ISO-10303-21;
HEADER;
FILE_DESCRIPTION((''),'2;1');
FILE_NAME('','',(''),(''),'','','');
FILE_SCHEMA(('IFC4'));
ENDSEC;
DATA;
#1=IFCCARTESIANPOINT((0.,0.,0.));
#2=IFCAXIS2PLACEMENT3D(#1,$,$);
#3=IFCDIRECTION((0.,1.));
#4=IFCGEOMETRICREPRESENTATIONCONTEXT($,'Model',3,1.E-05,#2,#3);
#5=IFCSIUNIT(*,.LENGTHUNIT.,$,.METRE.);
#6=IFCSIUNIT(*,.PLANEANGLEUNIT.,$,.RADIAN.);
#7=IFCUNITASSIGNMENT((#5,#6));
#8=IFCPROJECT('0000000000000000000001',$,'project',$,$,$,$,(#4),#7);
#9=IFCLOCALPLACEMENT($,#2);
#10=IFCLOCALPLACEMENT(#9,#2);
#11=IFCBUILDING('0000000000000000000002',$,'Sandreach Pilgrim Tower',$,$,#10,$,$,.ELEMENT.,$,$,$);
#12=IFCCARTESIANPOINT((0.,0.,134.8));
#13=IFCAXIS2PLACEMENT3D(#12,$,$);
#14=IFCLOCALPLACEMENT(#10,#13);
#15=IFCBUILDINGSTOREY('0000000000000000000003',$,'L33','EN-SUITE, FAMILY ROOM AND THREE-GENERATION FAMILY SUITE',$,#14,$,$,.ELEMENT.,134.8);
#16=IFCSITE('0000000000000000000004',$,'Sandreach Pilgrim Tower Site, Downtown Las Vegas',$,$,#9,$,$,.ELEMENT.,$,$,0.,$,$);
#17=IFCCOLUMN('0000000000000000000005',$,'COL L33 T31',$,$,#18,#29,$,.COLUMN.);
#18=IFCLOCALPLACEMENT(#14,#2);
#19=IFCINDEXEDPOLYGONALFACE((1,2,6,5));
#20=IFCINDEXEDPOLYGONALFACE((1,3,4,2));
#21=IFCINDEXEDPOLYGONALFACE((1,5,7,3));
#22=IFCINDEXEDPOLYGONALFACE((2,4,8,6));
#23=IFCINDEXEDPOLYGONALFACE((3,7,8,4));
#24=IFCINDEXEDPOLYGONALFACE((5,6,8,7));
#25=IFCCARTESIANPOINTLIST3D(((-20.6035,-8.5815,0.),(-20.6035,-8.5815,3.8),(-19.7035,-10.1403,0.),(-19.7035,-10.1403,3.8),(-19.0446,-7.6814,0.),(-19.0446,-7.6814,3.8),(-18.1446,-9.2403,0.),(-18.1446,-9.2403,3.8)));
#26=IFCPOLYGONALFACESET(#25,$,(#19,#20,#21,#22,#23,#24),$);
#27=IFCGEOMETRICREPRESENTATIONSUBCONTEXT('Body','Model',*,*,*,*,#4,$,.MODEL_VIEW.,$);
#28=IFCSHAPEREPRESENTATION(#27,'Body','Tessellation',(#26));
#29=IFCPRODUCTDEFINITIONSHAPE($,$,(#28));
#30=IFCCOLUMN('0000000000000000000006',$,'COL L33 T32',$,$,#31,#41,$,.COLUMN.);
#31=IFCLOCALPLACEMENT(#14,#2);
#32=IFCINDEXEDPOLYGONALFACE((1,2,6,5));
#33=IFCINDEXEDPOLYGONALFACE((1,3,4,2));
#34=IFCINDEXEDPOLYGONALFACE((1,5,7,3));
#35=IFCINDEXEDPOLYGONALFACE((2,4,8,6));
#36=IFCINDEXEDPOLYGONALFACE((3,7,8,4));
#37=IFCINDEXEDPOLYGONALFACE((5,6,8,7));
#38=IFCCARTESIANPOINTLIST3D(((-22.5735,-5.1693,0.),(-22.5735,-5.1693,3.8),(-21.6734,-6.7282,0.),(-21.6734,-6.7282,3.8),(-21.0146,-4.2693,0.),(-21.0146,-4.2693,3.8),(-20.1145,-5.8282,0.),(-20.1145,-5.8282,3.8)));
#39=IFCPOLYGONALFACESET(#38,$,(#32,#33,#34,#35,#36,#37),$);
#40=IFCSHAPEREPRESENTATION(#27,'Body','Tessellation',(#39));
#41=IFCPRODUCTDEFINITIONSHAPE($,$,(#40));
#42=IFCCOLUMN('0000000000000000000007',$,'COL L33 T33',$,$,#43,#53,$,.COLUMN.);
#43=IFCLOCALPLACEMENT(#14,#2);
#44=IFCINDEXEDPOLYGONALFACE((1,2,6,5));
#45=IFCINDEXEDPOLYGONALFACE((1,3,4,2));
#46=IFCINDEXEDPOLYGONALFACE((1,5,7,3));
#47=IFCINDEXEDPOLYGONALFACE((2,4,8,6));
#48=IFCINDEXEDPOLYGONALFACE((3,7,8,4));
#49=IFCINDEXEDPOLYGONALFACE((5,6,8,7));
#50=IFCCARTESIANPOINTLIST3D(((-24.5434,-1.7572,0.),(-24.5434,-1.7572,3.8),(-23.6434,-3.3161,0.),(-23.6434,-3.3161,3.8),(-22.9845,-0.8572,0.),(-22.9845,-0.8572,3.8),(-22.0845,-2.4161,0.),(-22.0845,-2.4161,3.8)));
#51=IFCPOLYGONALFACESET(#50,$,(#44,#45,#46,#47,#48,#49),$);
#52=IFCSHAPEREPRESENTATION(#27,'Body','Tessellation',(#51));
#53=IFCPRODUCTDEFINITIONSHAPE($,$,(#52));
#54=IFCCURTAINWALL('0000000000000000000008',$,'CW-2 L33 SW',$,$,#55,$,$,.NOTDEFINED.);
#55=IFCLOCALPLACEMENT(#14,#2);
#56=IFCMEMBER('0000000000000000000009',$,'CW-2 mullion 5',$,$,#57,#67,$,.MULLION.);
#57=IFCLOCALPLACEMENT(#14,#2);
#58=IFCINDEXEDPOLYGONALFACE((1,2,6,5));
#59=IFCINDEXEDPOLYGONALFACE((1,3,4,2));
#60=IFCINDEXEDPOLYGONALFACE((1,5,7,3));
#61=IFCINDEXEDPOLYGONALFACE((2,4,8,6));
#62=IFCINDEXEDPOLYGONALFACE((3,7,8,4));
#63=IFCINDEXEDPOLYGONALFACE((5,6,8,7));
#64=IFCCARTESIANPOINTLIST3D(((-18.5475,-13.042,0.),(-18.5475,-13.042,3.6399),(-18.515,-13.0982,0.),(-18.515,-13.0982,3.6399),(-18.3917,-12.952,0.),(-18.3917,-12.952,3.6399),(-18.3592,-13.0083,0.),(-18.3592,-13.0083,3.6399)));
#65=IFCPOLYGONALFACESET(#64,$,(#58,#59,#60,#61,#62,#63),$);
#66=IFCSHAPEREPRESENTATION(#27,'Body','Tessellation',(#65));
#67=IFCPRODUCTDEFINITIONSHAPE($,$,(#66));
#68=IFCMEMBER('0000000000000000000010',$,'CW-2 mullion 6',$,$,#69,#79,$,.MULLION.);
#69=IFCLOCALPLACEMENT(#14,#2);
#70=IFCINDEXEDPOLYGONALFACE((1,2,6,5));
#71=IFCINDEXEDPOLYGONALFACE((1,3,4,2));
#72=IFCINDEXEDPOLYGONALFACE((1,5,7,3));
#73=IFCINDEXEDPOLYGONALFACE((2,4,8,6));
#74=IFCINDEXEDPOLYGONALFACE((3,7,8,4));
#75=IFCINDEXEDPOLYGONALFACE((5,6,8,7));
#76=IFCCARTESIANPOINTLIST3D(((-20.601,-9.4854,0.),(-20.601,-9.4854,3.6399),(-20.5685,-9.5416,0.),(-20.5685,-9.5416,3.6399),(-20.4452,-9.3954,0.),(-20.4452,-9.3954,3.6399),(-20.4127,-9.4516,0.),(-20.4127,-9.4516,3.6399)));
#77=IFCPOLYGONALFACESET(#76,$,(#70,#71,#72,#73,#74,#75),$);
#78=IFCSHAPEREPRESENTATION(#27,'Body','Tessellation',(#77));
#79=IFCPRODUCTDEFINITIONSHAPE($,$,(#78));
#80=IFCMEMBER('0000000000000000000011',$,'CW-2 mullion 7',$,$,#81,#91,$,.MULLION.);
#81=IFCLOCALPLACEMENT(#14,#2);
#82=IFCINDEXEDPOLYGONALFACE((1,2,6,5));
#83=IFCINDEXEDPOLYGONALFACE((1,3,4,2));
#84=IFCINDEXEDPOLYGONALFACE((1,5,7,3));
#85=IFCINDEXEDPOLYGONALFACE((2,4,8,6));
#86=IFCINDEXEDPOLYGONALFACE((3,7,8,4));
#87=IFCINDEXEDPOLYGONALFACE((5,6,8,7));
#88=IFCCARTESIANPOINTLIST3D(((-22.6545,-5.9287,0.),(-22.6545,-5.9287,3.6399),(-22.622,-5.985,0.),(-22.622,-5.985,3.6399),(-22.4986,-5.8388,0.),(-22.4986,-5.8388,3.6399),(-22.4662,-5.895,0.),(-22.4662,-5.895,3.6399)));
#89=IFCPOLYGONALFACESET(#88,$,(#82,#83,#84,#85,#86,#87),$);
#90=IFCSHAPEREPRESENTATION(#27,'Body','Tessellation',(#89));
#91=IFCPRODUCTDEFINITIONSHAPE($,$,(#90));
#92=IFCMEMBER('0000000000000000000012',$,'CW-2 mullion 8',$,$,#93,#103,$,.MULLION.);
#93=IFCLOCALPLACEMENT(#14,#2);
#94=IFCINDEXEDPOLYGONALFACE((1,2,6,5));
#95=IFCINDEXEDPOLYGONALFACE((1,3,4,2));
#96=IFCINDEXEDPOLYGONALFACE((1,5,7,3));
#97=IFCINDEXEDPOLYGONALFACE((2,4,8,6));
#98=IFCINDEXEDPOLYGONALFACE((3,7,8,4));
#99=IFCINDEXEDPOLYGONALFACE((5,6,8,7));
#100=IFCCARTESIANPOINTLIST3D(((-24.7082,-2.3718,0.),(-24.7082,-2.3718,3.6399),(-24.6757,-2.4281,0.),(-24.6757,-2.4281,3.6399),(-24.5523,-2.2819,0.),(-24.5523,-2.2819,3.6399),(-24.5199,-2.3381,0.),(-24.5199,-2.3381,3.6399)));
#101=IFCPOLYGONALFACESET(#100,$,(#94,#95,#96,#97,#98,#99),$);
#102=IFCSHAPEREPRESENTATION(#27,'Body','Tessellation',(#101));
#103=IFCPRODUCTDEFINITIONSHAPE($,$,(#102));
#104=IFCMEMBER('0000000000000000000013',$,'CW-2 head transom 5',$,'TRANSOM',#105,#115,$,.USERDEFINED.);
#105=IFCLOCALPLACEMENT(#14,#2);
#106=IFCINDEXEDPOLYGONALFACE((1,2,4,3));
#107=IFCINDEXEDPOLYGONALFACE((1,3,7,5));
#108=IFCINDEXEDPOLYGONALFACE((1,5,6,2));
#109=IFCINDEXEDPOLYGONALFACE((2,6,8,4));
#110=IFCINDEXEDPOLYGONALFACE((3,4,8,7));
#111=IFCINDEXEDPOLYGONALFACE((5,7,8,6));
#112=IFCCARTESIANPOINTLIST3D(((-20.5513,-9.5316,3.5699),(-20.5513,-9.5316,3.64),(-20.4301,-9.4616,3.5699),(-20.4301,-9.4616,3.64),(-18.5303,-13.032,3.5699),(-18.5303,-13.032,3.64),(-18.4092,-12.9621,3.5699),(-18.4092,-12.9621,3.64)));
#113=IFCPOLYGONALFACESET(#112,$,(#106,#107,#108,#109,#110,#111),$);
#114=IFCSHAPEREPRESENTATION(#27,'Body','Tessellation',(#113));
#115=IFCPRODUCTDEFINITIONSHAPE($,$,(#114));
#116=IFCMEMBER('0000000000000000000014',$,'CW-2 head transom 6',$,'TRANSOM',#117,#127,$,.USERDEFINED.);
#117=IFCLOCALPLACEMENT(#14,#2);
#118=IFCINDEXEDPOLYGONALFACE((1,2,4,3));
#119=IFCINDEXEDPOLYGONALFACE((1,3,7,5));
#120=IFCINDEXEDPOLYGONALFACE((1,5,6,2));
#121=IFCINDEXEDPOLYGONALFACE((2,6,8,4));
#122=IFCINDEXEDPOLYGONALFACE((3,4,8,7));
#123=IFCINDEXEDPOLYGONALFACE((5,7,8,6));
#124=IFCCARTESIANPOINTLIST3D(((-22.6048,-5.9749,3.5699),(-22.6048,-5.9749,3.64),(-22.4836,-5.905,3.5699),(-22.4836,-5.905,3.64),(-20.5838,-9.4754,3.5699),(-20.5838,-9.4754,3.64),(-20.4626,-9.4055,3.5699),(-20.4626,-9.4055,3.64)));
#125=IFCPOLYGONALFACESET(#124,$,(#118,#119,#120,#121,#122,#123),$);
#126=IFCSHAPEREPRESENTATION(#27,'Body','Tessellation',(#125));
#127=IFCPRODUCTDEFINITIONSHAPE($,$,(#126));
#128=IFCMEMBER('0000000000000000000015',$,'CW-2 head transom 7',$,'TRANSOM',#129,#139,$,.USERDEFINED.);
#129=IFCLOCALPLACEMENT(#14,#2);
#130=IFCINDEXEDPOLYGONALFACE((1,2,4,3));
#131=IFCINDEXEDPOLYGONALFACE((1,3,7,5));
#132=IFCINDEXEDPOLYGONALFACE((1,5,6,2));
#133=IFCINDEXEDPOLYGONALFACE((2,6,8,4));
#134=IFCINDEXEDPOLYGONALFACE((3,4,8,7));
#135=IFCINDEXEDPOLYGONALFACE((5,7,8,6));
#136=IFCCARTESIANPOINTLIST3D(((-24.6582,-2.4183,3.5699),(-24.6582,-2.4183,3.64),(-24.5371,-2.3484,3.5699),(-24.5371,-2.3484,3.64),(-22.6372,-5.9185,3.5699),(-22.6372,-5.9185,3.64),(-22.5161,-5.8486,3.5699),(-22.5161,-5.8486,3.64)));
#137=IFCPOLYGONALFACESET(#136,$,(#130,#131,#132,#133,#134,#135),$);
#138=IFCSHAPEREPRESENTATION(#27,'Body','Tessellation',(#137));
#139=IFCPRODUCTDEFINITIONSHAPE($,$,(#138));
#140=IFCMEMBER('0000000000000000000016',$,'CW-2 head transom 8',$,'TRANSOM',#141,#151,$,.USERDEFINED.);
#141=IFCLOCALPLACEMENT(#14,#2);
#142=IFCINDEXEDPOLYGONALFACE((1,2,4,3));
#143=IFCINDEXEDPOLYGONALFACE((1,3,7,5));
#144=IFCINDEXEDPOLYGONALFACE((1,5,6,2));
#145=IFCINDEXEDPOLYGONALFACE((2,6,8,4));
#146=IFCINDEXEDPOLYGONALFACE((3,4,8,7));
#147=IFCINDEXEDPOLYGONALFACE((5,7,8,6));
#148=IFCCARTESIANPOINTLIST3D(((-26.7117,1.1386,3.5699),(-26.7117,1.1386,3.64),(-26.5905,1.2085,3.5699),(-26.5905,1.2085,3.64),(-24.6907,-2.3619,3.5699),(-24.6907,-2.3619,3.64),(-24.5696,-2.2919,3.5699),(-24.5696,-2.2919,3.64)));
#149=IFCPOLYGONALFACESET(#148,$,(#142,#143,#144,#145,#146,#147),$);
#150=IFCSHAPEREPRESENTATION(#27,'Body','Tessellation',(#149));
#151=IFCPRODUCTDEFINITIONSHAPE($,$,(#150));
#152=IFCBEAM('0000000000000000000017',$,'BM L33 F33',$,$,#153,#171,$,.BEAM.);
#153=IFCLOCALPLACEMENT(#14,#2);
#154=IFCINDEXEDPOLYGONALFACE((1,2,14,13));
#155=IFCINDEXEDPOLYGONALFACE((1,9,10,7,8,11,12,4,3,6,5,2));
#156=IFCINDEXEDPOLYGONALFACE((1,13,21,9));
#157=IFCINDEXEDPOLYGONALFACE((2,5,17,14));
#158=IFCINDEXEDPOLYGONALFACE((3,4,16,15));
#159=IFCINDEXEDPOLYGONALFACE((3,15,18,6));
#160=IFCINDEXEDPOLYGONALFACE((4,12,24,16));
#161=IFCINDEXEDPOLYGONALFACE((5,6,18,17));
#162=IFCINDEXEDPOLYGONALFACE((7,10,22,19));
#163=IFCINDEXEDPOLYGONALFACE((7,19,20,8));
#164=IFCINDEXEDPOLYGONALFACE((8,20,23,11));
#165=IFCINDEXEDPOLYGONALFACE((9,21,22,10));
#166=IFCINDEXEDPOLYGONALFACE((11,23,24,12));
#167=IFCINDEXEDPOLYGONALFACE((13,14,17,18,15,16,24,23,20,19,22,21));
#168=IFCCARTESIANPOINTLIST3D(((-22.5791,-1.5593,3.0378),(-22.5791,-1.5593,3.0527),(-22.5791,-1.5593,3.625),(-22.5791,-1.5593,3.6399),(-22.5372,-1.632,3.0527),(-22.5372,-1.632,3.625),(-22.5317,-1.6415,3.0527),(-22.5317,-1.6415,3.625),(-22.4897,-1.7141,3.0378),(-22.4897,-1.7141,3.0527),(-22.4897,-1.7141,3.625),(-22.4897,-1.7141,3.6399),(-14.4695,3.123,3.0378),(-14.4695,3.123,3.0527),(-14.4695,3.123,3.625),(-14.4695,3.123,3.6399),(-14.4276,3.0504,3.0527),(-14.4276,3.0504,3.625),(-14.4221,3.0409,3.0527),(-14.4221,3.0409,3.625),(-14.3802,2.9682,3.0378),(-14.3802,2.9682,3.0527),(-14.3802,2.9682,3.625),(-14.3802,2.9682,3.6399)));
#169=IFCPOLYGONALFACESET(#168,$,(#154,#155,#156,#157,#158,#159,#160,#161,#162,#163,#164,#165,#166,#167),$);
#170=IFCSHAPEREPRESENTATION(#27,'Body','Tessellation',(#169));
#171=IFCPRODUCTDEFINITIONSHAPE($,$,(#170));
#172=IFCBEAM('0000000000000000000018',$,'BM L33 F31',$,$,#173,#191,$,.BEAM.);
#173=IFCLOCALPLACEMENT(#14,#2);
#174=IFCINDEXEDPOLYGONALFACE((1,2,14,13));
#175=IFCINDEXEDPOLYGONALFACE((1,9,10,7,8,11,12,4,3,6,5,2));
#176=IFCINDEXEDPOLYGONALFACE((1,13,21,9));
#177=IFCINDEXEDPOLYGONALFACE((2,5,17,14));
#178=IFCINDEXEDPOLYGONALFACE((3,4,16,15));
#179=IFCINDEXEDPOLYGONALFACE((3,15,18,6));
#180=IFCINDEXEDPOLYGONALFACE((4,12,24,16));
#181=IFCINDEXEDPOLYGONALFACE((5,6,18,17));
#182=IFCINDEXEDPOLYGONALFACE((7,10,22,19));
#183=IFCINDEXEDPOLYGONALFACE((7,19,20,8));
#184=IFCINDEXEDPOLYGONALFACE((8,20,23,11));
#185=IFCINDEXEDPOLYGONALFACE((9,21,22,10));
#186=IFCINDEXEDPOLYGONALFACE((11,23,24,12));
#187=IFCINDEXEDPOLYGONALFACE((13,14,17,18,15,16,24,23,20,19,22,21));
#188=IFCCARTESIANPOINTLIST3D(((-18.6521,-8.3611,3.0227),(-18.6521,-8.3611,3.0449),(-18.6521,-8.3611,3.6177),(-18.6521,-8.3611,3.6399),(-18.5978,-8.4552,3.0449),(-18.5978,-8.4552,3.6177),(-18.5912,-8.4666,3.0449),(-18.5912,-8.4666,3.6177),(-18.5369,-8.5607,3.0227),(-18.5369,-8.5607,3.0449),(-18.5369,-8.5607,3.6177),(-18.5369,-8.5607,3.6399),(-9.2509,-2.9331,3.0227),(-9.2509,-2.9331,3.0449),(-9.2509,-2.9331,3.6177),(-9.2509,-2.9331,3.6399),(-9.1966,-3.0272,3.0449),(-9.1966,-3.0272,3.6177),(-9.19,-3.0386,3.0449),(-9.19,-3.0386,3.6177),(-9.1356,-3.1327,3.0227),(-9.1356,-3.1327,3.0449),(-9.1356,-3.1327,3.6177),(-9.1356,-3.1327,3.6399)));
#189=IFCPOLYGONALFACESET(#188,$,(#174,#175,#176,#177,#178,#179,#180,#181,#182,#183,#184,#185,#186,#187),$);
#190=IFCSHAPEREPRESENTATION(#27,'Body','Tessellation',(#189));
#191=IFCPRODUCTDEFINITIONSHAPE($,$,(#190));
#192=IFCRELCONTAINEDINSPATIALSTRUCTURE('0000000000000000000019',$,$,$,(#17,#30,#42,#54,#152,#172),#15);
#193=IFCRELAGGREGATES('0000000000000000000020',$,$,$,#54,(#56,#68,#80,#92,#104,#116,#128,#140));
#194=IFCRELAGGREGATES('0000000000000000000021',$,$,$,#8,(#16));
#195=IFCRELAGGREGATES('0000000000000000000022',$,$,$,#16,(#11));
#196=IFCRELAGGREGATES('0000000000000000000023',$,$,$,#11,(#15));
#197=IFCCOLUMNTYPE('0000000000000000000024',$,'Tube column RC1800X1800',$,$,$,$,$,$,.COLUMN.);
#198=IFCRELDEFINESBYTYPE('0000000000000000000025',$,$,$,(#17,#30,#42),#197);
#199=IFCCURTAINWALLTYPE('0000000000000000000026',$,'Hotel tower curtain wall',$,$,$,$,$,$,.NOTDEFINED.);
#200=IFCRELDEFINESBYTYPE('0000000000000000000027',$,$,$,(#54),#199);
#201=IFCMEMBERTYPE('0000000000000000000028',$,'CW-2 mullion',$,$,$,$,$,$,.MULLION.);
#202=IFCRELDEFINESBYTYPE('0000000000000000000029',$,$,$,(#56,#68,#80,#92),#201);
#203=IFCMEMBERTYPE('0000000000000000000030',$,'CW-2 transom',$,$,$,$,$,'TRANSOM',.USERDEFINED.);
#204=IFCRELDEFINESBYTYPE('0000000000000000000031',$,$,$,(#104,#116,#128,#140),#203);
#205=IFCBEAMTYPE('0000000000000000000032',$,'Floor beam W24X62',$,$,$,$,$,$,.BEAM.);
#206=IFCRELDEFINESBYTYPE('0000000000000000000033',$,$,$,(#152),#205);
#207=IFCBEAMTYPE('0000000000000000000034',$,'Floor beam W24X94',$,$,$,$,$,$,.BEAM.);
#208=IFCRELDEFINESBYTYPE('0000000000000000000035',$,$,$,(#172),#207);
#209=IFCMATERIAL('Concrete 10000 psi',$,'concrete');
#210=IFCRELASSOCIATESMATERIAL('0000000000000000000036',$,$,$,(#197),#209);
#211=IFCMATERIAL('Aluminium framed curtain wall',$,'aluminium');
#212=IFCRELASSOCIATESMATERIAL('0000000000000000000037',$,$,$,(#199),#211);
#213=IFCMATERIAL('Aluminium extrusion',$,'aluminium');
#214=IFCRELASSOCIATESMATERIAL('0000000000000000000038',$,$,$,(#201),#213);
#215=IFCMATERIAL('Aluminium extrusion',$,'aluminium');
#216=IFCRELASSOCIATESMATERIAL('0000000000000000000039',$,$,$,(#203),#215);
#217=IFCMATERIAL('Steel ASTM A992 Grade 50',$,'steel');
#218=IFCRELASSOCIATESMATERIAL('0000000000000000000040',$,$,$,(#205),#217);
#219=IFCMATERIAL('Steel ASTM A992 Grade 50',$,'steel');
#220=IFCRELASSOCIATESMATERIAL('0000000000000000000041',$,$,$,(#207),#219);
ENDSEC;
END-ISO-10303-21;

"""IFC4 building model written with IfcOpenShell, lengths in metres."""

from ifc_helpers import new_model, si_unit, direction, frame, origin, origin_2d, place, context, subcontext, project, spatial, rectangle, i_section, extrude, material, material_profile, profile_set, type_object, element, aggregate, save


model = new_model("IFC4")

# Units and contexts
model_context = context("Model", 3, precision=1e-05, world=origin(), true_north=direction((0.0, 1.0)))
body_context = subcontext(model_context, "Body", "Model", "MODEL_VIEW")
ifc_project = project(units=[si_unit("LENGTHUNIT", "METRE"), si_unit("PLANEANGLEUNIT", "RADIAN")], contexts=[model_context])

# Site, building, storey
site_placement = place(None, origin())
site = spatial("IfcSite", under=ifc_project, at=site_placement, Name="Sandreach Pilgrim Tower Site, Downtown Las Vegas", CompositionType="ELEMENT", RefElevation=0.0)
building_placement = place(site_placement, origin())
building = spatial("IfcBuilding", under=site, at=building_placement, Name="Sandreach Pilgrim Tower", CompositionType="ELEMENT")
storey_placement = place(building_placement, frame((0.0, 0.0, 134.8)))
storey = spatial("IfcBuildingStorey", under=building, at=storey_placement, Name="L33", Description="EN-SUITE, FAMILY ROOM AND THREE-GENERATION FAMILY SUITE", CompositionType="ELEMENT", Elevation=134.8)

# Columns
ifc_material_1 = material(Name="Concrete 10000 psi", Category="concrete")
ifc_material_profile_1 = material_profile(ifc_material_1, rectangle(XDim=1.8, YDim=1.8, at=origin_2d()), Name="RC1800X1800")
ifc_profile_set_1 = profile_set([ifc_material_profile_1], Name="Concrete 10000 psi")
column_type = type_object("IfcColumnType", Name="Tube column RC1800X1800", PredefinedType="COLUMN", material=ifc_profile_set_1)
for number, where, z_axis, x_axis, name in (
    (1, (-19.374, -8.9109, 0.0), (0.0, 0.0, 1.0), (-0.866025, -0.5, 0.0), "COL L33 T31"),
    (2, (-21.344, -5.4988, 0.0), (0.0, 0.0, 1.0), (-0.866025, -0.5, 0.0), "COL L33 T32"),
    (3, (-23.314, -2.0867, 0.0), (0.0, 0.0, 1.0), (-0.866025, -0.5, 0.0), "COL L33 T33"),
):
    element("IfcColumn", number, at=place(storey_placement, frame(where, z_axis=z_axis, x_axis=x_axis)), inside=storey, type_object=column_type, Name=name, PredefinedType="COLUMN", context=body_context, shape_type="SweptSolid", body=[
        extrude(rectangle(XDim=1.8, YDim=1.8, at=origin_2d()), origin(), (0.0, 0.0, 1.0), 3.8),
    ])

# Curtain wall, members
ifc_material_2 = material(Name="Aluminium framed curtain wall", Category="aluminium")
curtain_wall_type = type_object("IfcCurtainWallType", Name="Hotel tower curtain wall", PredefinedType="NOTDEFINED", material=ifc_material_2)
curtain_wall_placement = place(storey_placement, origin())
curtain_wall = element("IfcCurtainWall", 4, at=curtain_wall_placement, inside=storey, type_object=curtain_wall_type, Name="CW-2 L33 SW", PredefinedType="NOTDEFINED")
ifc_material_3 = material(Name="Aluminium extrusion", Category="aluminium")
ifc_material_profile_2 = material_profile(ifc_material_3, rectangle(XDim=0.0649, YDim=0.1799, at=origin_2d()), Name="CW-2M 65X180")
ifc_profile_set_2 = profile_set([ifc_material_profile_2], Name="Aluminium extrusion")
member_type_1 = type_object("IfcMemberType", Name="CW-2 mullion", PredefinedType="MULLION", material=ifc_profile_set_2)
member_1_placement = place(storey_placement, frame((-18.4534, -13.0251, 0.0), z_axis=(0.0, 0.0, 1.0), x_axis=(-0.5, 0.866025, 0.0)))
member_1 = element("IfcMember", 5, at=member_1_placement, type_object=member_type_1, Name="CW-2 mullion 5", PredefinedType="MULLION", context=body_context, shape_type="SweptSolid", body=[
    extrude(rectangle(XDim=0.0649, YDim=0.1799, at=origin_2d()), origin(), (0.0, 0.0, 1.0), 3.6399),
])
member_2_placement = place(storey_placement, frame((-20.5068, -9.4685, 0.0), z_axis=(0.0, 0.0, 1.0), x_axis=(-0.5, 0.866025, 0.0)))
member_2 = element("IfcMember", 6, at=member_2_placement, type_object=member_type_1, Name="CW-2 mullion 6", PredefinedType="MULLION", context=body_context, shape_type="SweptSolid", body=[
    extrude(rectangle(XDim=0.0649, YDim=0.1799, at=origin_2d()), origin(), (0.0, 0.0, 1.0), 3.6399),
])
member_3_placement = place(storey_placement, frame((-22.5603, -5.9119, 0.0), z_axis=(0.0, 0.0, 1.0), x_axis=(-0.5, 0.866025, 0.0)))
member_3 = element("IfcMember", 7, at=member_3_placement, type_object=member_type_1, Name="CW-2 mullion 7", PredefinedType="MULLION", context=body_context, shape_type="SweptSolid", body=[
    extrude(rectangle(XDim=0.0649, YDim=0.1799, at=origin_2d()), origin(), (0.0, 0.0, 1.0), 3.6399),
])
member_4_placement = place(storey_placement, frame((-24.614, -2.355, 0.0), z_axis=(0.0, 0.0, 1.0), x_axis=(-0.5, 0.866025, 0.0)))
member_4 = element("IfcMember", 8, at=member_4_placement, type_object=member_type_1, Name="CW-2 mullion 8", PredefinedType="MULLION", context=body_context, shape_type="SweptSolid", body=[
    extrude(rectangle(XDim=0.0649, YDim=0.1799, at=origin_2d()), origin(), (0.0, 0.0, 1.0), 3.6399),
])
ifc_material_4 = material(Name="Aluminium extrusion", Category="aluminium")
ifc_material_profile_3 = material_profile(ifc_material_4, rectangle(XDim=0.1399, YDim=0.0701, at=origin_2d()), Name="CW-2T 140X70")
ifc_profile_set_3 = profile_set([ifc_material_profile_3], Name="Aluminium extrusion")
member_type_2 = type_object("IfcMemberType", Name="CW-2 transom", ElementType="TRANSOM", PredefinedType="USERDEFINED", material=ifc_profile_set_3)
member_5_placement = place(storey_placement, frame((-18.4697, -12.9971, 3.605), z_axis=(-0.499998, 0.866027, 0.0), x_axis=(-0.866027, -0.499998, 0.0)))
member_5 = element("IfcMember", 9, at=member_5_placement, type_object=member_type_2, Name="CW-2 head transom 5", ObjectType="TRANSOM", PredefinedType="USERDEFINED", context=body_context, shape_type="SweptSolid", body=[
    extrude(rectangle(XDim=0.1399, YDim=0.0701, at=origin_2d()), origin(), (0.0, 0.0, 1.0), 4.042),
])
member_6_placement = place(storey_placement, frame((-20.5232, -9.4404, 3.605), z_axis=(-0.499998, 0.866027, 0.0), x_axis=(-0.866027, -0.499998, 0.0)))
member_6 = element("IfcMember", 10, at=member_6_placement, type_object=member_type_2, Name="CW-2 head transom 6", ObjectType="TRANSOM", PredefinedType="USERDEFINED", context=body_context, shape_type="SweptSolid", body=[
    extrude(rectangle(XDim=0.1399, YDim=0.0701, at=origin_2d()), origin(), (0.0, 0.0, 1.0), 4.042),
])
member_7_placement = place(storey_placement, frame((-22.5767, -5.8835, 3.605), z_axis=(-0.500024, 0.866012, 0.0), x_axis=(-0.866012, -0.500024, 0.0)))
member_7 = element("IfcMember", 11, at=member_7_placement, type_object=member_type_2, Name="CW-2 head transom 7", ObjectType="TRANSOM", PredefinedType="USERDEFINED", context=body_context, shape_type="SweptSolid", body=[
    extrude(rectangle(XDim=0.1399, YDim=0.0701, at=origin_2d()), origin(), (0.0, 0.0, 1.0), 4.0417),
])
member_8_placement = place(storey_placement, frame((-24.6301, -2.3269, 3.605), z_axis=(-0.499998, 0.866027, 0.0), x_axis=(-0.866027, -0.499998, 0.0)))
member_8 = element("IfcMember", 12, at=member_8_placement, type_object=member_type_2, Name="CW-2 head transom 8", ObjectType="TRANSOM", PredefinedType="USERDEFINED", context=body_context, shape_type="SweptSolid", body=[
    extrude(rectangle(XDim=0.1399, YDim=0.0701, at=origin_2d()), origin(), (0.0, 0.0, 1.0), 4.042),
])

# Beams
ifc_material_5 = material(Name="Steel ASTM A992 Grade 50", Category="steel")
ifc_material_profile_4 = material_profile(ifc_material_5, i_section(OverallWidth=0.1787, OverallDepth=0.6021, WebThickness=0.011, FlangeThickness=0.0149, at=origin_2d()), Name="W24X62")
ifc_profile_set_4 = profile_set([ifc_material_profile_4], Name="Steel ASTM A992 Grade 50")
beam_type_1 = type_object("IfcBeamType", Name="Floor beam W24X62", PredefinedType="BEAM", material=ifc_profile_set_4)
beam_1_placement = place(storey_placement, frame((-22.5344, -1.6367, 3.3389), z_axis=(0.866012, 0.500023, 0.0), x_axis=(-0.500023, 0.866012, 0.0)))
element("IfcBeam", 13, at=beam_1_placement, inside=storey, type_object=beam_type_1, Name="BM L33 F33", PredefinedType="BEAM", context=body_context, shape_type="SweptSolid", body=[
    extrude(i_section(OverallWidth=0.1787, OverallDepth=0.6021, WebThickness=0.011, FlangeThickness=0.0149, at=origin_2d()), origin(), (0.0, 0.0, 1.0), 9.3643),
])
ifc_material_6 = material(Name="Steel ASTM A992 Grade 50", Category="steel")
ifc_material_profile_5 = material_profile(ifc_material_6, i_section(OverallWidth=0.2305, OverallDepth=0.6172, WebThickness=0.0132, FlangeThickness=0.0222, at=origin_2d()), Name="W24X94")
ifc_profile_set_5 = profile_set([ifc_material_profile_5], Name="Steel ASTM A992 Grade 50")
beam_type_2 = type_object("IfcBeamType", Name="Floor beam W24X94", PredefinedType="BEAM", material=ifc_profile_set_5)
beam_2_placement = place(storey_placement, frame((-18.5945, -8.4609, 3.3313), z_axis=(0.866016, 0.500016, 0.0), x_axis=(-0.500016, 0.866016, 0.0)))
element("IfcBeam", 14, at=beam_2_placement, inside=storey, type_object=beam_type_2, Name="BM L33 F31", PredefinedType="BEAM", context=body_context, shape_type="SweptSolid", body=[
    extrude(i_section(OverallWidth=0.2305, OverallDepth=0.6172, WebThickness=0.0132, FlangeThickness=0.0222, at=origin_2d()), origin(), (0.0, 0.0, 1.0), 10.8557),
])

aggregate(curtain_wall, [member_1, member_2, member_3, member_4, member_5, member_6, member_7, member_8])

save(model, "model.ifc")
